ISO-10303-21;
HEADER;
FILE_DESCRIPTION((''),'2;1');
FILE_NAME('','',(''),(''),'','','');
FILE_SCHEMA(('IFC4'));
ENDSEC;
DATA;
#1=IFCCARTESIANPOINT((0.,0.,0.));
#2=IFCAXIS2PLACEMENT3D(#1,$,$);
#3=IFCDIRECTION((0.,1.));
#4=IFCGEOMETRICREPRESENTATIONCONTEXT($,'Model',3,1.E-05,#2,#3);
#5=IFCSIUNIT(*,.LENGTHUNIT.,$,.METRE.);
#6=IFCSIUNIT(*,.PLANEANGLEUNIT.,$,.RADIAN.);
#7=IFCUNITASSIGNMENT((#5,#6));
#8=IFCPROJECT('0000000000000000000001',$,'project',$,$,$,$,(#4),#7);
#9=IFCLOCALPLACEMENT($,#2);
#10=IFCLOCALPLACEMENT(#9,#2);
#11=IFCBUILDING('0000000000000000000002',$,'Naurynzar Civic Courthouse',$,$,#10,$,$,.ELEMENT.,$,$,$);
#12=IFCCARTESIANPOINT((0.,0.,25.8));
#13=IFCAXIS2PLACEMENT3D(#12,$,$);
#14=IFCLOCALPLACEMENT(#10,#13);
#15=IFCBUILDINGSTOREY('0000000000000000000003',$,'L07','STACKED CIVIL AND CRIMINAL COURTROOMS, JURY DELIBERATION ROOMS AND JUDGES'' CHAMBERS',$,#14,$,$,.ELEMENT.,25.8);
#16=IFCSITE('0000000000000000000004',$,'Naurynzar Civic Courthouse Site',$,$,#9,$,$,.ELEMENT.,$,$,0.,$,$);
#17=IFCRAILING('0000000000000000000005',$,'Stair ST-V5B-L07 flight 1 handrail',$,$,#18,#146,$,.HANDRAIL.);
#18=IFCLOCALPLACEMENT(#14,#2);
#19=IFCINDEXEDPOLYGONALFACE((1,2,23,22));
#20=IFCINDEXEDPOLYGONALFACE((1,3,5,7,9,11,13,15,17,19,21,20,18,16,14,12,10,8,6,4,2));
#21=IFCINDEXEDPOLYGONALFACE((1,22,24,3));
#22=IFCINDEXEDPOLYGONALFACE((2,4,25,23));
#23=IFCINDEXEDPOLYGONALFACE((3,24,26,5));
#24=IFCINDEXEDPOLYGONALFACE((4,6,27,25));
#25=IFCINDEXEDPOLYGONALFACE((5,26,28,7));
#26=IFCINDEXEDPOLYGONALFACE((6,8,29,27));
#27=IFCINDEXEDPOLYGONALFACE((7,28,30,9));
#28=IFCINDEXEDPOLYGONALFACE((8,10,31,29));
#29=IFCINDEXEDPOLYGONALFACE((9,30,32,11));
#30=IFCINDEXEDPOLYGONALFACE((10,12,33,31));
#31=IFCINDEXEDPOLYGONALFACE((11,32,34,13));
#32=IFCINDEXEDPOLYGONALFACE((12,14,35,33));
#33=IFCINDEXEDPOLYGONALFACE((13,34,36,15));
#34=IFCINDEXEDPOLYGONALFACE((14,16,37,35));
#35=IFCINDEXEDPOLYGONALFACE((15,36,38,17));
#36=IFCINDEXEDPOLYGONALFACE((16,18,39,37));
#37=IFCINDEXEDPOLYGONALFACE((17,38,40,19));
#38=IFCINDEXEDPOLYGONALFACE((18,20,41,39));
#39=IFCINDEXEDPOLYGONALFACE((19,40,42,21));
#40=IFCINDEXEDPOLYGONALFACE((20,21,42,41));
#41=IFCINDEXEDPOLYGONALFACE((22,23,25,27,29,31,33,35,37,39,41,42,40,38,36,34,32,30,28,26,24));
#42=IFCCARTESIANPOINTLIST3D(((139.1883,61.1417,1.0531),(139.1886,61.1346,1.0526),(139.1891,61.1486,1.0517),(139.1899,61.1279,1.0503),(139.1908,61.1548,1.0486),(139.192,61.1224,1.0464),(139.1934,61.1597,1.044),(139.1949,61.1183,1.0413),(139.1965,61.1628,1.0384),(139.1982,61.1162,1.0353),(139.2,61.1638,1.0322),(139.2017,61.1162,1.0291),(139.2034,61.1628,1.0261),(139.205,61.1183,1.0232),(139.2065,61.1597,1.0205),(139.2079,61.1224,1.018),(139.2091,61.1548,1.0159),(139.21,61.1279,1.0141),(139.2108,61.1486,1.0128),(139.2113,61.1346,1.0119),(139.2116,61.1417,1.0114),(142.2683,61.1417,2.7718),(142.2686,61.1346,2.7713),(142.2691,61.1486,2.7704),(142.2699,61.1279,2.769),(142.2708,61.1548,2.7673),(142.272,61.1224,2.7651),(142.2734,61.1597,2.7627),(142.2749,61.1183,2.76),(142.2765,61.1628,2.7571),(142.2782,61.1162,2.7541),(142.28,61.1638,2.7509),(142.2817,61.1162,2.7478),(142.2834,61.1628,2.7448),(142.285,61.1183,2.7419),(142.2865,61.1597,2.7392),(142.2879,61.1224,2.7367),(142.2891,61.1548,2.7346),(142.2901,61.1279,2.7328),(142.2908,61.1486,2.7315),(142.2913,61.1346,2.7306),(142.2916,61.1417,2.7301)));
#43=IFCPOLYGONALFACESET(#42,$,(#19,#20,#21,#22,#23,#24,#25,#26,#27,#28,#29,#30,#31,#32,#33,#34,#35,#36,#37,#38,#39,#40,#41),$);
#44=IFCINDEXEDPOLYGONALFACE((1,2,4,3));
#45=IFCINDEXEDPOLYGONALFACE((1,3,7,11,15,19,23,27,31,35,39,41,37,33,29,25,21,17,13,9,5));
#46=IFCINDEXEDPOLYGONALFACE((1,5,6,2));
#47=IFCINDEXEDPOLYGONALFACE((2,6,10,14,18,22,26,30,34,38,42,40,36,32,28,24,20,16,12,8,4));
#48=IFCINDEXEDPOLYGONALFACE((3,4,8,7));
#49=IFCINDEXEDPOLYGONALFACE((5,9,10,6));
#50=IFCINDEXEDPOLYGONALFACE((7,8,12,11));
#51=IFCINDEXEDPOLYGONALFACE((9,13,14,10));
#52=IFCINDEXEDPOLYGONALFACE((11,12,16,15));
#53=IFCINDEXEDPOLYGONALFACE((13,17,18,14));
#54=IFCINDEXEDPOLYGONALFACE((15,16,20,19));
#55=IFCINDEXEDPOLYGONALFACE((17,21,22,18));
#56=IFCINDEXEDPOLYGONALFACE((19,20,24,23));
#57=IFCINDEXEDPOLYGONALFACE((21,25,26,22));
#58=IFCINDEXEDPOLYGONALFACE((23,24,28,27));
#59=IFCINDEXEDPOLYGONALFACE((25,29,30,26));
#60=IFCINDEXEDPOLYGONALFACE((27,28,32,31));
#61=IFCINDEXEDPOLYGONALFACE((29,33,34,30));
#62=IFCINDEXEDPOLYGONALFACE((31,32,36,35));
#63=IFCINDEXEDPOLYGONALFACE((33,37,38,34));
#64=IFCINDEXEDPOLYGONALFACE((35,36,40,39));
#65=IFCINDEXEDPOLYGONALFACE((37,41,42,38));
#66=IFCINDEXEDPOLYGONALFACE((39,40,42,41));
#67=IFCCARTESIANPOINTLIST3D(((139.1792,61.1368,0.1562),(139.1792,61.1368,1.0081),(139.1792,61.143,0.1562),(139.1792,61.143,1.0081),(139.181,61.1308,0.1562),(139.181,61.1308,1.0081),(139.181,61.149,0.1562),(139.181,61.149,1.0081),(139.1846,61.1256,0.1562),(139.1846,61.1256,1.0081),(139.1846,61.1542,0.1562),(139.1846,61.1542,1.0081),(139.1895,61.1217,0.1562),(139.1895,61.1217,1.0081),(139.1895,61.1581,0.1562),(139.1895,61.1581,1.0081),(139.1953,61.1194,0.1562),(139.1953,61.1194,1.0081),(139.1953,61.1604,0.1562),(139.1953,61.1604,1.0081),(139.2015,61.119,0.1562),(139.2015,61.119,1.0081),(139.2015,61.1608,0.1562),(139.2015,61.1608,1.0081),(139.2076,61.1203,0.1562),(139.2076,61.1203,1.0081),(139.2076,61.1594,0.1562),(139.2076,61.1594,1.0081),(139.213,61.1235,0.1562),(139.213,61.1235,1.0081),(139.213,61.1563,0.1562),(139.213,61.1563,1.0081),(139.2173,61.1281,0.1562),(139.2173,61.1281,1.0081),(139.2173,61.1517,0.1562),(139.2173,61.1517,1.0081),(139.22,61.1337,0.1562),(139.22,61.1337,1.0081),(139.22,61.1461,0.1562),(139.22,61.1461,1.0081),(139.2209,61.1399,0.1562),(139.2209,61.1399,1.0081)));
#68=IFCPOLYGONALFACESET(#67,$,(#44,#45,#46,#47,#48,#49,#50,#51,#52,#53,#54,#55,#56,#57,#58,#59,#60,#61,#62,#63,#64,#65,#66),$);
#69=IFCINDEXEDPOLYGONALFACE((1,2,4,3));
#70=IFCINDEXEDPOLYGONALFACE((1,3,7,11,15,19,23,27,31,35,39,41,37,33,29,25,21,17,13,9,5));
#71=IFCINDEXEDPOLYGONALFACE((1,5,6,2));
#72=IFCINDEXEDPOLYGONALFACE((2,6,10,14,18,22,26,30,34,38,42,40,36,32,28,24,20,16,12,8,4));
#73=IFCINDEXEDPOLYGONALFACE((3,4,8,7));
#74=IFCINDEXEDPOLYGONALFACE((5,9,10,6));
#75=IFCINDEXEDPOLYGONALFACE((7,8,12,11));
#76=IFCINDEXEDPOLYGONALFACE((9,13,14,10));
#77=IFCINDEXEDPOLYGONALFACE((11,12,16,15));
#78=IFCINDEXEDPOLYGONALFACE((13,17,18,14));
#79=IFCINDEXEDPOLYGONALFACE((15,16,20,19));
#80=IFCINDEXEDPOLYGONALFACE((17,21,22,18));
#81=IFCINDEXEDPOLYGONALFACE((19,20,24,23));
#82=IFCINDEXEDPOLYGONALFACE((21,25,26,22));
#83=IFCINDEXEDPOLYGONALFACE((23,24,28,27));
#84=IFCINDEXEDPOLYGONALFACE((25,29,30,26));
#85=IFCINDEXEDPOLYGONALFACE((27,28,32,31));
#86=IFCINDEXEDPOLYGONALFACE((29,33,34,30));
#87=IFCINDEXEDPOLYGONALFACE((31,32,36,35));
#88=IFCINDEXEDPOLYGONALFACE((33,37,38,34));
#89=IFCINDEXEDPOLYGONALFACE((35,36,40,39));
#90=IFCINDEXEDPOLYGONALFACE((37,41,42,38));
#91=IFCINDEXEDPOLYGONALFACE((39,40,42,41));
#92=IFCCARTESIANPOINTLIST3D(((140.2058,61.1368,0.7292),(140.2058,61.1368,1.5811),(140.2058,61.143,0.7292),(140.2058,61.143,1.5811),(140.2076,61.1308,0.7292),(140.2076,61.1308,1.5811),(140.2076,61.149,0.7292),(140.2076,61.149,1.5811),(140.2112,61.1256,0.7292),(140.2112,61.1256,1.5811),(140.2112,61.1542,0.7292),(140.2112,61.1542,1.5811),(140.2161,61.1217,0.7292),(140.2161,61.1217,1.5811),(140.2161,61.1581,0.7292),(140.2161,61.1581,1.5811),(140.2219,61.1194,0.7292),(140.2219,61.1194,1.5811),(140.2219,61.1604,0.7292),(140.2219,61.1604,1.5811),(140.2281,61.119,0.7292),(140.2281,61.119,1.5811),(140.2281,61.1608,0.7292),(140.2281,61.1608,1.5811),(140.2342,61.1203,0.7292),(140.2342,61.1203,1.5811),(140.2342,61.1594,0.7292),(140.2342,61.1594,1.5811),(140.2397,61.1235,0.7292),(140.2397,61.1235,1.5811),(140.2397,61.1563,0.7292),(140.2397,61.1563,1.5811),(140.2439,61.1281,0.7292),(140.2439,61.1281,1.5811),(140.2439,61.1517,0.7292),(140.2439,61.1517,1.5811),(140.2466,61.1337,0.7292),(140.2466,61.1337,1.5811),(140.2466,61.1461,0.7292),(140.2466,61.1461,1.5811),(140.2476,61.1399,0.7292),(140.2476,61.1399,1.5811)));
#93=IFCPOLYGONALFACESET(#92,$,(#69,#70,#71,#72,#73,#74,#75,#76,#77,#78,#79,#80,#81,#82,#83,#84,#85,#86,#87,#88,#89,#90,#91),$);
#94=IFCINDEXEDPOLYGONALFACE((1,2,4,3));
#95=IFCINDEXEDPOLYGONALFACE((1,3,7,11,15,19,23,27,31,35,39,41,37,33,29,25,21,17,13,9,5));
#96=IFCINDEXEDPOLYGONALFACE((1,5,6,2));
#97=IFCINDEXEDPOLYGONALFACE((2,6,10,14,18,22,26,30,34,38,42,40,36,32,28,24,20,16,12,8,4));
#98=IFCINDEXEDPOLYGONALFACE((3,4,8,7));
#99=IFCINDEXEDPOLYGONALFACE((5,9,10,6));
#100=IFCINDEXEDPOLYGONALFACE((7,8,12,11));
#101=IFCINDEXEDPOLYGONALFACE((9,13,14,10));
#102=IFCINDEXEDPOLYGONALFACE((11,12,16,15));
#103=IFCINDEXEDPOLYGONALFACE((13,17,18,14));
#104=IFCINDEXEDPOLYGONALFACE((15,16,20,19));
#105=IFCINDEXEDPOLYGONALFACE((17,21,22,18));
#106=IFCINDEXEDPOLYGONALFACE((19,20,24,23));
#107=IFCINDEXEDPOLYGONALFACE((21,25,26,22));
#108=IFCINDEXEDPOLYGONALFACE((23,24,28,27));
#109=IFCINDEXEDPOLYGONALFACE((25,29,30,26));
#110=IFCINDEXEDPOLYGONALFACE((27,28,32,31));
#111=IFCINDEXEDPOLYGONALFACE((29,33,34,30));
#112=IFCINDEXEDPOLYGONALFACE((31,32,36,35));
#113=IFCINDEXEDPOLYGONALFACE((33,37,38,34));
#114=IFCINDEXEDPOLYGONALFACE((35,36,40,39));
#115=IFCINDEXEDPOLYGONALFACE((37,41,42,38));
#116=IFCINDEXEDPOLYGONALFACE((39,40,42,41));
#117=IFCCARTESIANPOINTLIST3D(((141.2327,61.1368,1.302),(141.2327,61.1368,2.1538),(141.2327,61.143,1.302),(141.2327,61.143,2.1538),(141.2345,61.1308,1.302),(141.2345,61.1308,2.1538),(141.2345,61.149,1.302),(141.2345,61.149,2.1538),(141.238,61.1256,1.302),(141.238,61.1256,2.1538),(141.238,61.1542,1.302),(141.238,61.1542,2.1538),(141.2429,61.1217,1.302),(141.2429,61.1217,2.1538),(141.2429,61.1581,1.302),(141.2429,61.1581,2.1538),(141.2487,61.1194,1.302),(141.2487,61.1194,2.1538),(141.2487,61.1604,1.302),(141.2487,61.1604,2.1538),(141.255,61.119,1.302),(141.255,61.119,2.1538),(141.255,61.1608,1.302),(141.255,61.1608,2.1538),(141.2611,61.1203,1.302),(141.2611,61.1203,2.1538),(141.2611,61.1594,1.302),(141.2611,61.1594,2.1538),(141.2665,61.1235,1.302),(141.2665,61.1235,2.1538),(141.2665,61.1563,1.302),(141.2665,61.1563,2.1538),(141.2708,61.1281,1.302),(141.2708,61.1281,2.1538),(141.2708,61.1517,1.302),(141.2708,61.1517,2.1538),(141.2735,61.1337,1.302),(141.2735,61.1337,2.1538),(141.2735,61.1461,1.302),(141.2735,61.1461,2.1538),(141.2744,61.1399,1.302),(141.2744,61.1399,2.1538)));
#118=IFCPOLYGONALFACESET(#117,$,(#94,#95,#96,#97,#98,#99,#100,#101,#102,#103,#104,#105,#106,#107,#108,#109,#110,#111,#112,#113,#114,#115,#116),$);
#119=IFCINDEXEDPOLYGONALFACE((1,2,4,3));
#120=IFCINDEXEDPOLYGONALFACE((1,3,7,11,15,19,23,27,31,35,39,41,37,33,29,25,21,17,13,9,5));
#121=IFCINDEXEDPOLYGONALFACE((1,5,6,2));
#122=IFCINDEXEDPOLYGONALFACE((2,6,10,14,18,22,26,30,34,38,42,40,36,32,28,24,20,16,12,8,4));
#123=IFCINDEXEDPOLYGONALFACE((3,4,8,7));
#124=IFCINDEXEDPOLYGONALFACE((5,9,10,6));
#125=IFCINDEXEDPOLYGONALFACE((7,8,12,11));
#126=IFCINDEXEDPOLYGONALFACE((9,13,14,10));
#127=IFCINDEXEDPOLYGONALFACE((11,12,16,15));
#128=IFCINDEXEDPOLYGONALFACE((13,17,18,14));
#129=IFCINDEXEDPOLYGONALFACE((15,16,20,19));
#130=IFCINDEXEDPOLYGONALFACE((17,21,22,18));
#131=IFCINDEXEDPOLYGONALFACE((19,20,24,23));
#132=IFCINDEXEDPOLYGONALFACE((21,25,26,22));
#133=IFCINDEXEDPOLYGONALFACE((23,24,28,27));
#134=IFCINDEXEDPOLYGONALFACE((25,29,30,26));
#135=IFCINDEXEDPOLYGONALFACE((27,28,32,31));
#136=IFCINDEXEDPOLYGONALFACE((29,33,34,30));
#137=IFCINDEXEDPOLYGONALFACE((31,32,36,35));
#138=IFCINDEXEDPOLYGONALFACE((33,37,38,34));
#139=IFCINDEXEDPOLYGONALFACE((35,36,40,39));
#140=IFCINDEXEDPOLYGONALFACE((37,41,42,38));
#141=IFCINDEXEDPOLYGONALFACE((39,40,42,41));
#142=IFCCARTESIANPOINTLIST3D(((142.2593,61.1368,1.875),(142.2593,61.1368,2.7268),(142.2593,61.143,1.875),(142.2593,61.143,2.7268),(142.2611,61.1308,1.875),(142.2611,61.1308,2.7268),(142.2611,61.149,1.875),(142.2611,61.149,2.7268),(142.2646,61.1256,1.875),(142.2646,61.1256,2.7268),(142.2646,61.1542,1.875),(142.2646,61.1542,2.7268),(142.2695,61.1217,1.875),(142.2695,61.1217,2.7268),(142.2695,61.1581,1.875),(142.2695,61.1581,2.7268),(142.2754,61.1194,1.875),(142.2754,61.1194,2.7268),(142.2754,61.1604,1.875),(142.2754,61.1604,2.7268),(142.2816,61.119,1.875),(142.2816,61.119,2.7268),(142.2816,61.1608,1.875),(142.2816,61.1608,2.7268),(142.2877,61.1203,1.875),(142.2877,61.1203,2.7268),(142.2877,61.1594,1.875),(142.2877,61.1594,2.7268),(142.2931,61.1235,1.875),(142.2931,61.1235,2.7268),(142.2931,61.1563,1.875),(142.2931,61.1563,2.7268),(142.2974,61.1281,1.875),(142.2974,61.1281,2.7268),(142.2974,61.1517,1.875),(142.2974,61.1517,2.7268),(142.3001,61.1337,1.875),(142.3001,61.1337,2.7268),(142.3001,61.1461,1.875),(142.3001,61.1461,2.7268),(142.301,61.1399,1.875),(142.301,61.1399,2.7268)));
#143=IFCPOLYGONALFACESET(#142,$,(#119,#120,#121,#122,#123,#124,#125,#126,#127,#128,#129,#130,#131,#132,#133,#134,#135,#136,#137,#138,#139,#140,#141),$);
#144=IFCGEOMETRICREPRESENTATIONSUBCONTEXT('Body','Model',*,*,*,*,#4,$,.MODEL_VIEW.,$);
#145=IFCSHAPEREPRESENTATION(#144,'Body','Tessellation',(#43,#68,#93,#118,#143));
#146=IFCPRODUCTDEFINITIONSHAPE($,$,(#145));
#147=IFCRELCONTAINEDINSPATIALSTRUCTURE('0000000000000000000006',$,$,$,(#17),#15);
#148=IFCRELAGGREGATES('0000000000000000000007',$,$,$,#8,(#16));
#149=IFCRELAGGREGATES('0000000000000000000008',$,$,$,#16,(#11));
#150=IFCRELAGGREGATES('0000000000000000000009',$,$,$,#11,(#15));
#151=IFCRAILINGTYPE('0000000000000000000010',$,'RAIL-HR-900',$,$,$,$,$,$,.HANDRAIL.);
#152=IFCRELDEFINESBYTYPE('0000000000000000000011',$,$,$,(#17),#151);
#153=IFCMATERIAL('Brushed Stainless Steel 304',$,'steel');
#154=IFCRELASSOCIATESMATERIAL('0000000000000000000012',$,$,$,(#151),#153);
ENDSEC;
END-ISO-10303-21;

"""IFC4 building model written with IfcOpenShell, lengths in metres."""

from ifc_helpers import new_model, si_unit, direction, frame, origin, origin_2d, place, context, subcontext, project, spatial, circle, extrude, material, type_object, element, save


model = new_model("IFC4")

# Units and contexts
model_context = context("Model", 3, precision=1e-05, world=origin(), true_north=direction((0.0, 1.0)))
body_context = subcontext(model_context, "Body", "Model", "MODEL_VIEW")
ifc_project = project(units=[si_unit("LENGTHUNIT", "METRE"), si_unit("PLANEANGLEUNIT", "RADIAN")], contexts=[model_context])

# Site, building, storey
site_placement = place(None, origin())
site = spatial("IfcSite", under=ifc_project, at=site_placement, Name="Naurynzar Civic Courthouse Site", CompositionType="ELEMENT", RefElevation=0.0)
building_placement = place(site_placement, origin())
building = spatial("IfcBuilding", under=site, at=building_placement, Name="Naurynzar Civic Courthouse", CompositionType="ELEMENT")
storey_placement = place(building_placement, frame((0.0, 0.0, 25.8)))
storey = spatial("IfcBuildingStorey", under=building, at=storey_placement, Name="L07", Description="STACKED CIVIL AND CRIMINAL COURTROOMS, JURY DELIBERATION ROOMS AND JUDGES' CHAMBERS", CompositionType="ELEMENT", Elevation=25.8)

# Railing
ifc_material_1 = material(Name="Brushed Stainless Steel 304", Category="steel")
railing_type = type_object("IfcRailingType", Name="RAIL-HR-900", PredefinedType="HANDRAIL", material=ifc_material_1)
railing_placement = place(storey_placement, frame((139.2, 61.1399, 0.1562)))
element("IfcRailing", 1, at=railing_placement, inside=storey, type_object=railing_type, Name="Stair ST-V5B-L07 flight 1 handrail", PredefinedType="HANDRAIL", context=body_context, shape_type="SweptSolid", body=[
    extrude(circle(Radius=0.0239, at=origin_2d()), frame((0.0, 0.0, 0.876), z_axis=(0.873242, 0.0, 0.487288), x_axis=(0.0, 1.0, 0.0)), (0.0, 0.0, 1.0), 3.5271),
    extrude(circle(Radius=0.021, at=origin_2d()), origin(), (0.0, 0.0, 1.0), 0.8518),
    extrude(circle(Radius=0.021, at=origin_2d()), frame((1.0266, 0.0, 0.573)), (0.0, 0.0, 1.0), 0.8518),
    extrude(circle(Radius=0.021, at=origin_2d()), frame((2.0535, 0.0, 1.1458)), (0.0, 0.0, 1.0), 0.8518),
    extrude(circle(Radius=0.021, at=origin_2d()), frame((3.0801, 0.0, 1.7188)), (0.0, 0.0, 1.0), 0.8518),
])

save(model, "model.ifc")
